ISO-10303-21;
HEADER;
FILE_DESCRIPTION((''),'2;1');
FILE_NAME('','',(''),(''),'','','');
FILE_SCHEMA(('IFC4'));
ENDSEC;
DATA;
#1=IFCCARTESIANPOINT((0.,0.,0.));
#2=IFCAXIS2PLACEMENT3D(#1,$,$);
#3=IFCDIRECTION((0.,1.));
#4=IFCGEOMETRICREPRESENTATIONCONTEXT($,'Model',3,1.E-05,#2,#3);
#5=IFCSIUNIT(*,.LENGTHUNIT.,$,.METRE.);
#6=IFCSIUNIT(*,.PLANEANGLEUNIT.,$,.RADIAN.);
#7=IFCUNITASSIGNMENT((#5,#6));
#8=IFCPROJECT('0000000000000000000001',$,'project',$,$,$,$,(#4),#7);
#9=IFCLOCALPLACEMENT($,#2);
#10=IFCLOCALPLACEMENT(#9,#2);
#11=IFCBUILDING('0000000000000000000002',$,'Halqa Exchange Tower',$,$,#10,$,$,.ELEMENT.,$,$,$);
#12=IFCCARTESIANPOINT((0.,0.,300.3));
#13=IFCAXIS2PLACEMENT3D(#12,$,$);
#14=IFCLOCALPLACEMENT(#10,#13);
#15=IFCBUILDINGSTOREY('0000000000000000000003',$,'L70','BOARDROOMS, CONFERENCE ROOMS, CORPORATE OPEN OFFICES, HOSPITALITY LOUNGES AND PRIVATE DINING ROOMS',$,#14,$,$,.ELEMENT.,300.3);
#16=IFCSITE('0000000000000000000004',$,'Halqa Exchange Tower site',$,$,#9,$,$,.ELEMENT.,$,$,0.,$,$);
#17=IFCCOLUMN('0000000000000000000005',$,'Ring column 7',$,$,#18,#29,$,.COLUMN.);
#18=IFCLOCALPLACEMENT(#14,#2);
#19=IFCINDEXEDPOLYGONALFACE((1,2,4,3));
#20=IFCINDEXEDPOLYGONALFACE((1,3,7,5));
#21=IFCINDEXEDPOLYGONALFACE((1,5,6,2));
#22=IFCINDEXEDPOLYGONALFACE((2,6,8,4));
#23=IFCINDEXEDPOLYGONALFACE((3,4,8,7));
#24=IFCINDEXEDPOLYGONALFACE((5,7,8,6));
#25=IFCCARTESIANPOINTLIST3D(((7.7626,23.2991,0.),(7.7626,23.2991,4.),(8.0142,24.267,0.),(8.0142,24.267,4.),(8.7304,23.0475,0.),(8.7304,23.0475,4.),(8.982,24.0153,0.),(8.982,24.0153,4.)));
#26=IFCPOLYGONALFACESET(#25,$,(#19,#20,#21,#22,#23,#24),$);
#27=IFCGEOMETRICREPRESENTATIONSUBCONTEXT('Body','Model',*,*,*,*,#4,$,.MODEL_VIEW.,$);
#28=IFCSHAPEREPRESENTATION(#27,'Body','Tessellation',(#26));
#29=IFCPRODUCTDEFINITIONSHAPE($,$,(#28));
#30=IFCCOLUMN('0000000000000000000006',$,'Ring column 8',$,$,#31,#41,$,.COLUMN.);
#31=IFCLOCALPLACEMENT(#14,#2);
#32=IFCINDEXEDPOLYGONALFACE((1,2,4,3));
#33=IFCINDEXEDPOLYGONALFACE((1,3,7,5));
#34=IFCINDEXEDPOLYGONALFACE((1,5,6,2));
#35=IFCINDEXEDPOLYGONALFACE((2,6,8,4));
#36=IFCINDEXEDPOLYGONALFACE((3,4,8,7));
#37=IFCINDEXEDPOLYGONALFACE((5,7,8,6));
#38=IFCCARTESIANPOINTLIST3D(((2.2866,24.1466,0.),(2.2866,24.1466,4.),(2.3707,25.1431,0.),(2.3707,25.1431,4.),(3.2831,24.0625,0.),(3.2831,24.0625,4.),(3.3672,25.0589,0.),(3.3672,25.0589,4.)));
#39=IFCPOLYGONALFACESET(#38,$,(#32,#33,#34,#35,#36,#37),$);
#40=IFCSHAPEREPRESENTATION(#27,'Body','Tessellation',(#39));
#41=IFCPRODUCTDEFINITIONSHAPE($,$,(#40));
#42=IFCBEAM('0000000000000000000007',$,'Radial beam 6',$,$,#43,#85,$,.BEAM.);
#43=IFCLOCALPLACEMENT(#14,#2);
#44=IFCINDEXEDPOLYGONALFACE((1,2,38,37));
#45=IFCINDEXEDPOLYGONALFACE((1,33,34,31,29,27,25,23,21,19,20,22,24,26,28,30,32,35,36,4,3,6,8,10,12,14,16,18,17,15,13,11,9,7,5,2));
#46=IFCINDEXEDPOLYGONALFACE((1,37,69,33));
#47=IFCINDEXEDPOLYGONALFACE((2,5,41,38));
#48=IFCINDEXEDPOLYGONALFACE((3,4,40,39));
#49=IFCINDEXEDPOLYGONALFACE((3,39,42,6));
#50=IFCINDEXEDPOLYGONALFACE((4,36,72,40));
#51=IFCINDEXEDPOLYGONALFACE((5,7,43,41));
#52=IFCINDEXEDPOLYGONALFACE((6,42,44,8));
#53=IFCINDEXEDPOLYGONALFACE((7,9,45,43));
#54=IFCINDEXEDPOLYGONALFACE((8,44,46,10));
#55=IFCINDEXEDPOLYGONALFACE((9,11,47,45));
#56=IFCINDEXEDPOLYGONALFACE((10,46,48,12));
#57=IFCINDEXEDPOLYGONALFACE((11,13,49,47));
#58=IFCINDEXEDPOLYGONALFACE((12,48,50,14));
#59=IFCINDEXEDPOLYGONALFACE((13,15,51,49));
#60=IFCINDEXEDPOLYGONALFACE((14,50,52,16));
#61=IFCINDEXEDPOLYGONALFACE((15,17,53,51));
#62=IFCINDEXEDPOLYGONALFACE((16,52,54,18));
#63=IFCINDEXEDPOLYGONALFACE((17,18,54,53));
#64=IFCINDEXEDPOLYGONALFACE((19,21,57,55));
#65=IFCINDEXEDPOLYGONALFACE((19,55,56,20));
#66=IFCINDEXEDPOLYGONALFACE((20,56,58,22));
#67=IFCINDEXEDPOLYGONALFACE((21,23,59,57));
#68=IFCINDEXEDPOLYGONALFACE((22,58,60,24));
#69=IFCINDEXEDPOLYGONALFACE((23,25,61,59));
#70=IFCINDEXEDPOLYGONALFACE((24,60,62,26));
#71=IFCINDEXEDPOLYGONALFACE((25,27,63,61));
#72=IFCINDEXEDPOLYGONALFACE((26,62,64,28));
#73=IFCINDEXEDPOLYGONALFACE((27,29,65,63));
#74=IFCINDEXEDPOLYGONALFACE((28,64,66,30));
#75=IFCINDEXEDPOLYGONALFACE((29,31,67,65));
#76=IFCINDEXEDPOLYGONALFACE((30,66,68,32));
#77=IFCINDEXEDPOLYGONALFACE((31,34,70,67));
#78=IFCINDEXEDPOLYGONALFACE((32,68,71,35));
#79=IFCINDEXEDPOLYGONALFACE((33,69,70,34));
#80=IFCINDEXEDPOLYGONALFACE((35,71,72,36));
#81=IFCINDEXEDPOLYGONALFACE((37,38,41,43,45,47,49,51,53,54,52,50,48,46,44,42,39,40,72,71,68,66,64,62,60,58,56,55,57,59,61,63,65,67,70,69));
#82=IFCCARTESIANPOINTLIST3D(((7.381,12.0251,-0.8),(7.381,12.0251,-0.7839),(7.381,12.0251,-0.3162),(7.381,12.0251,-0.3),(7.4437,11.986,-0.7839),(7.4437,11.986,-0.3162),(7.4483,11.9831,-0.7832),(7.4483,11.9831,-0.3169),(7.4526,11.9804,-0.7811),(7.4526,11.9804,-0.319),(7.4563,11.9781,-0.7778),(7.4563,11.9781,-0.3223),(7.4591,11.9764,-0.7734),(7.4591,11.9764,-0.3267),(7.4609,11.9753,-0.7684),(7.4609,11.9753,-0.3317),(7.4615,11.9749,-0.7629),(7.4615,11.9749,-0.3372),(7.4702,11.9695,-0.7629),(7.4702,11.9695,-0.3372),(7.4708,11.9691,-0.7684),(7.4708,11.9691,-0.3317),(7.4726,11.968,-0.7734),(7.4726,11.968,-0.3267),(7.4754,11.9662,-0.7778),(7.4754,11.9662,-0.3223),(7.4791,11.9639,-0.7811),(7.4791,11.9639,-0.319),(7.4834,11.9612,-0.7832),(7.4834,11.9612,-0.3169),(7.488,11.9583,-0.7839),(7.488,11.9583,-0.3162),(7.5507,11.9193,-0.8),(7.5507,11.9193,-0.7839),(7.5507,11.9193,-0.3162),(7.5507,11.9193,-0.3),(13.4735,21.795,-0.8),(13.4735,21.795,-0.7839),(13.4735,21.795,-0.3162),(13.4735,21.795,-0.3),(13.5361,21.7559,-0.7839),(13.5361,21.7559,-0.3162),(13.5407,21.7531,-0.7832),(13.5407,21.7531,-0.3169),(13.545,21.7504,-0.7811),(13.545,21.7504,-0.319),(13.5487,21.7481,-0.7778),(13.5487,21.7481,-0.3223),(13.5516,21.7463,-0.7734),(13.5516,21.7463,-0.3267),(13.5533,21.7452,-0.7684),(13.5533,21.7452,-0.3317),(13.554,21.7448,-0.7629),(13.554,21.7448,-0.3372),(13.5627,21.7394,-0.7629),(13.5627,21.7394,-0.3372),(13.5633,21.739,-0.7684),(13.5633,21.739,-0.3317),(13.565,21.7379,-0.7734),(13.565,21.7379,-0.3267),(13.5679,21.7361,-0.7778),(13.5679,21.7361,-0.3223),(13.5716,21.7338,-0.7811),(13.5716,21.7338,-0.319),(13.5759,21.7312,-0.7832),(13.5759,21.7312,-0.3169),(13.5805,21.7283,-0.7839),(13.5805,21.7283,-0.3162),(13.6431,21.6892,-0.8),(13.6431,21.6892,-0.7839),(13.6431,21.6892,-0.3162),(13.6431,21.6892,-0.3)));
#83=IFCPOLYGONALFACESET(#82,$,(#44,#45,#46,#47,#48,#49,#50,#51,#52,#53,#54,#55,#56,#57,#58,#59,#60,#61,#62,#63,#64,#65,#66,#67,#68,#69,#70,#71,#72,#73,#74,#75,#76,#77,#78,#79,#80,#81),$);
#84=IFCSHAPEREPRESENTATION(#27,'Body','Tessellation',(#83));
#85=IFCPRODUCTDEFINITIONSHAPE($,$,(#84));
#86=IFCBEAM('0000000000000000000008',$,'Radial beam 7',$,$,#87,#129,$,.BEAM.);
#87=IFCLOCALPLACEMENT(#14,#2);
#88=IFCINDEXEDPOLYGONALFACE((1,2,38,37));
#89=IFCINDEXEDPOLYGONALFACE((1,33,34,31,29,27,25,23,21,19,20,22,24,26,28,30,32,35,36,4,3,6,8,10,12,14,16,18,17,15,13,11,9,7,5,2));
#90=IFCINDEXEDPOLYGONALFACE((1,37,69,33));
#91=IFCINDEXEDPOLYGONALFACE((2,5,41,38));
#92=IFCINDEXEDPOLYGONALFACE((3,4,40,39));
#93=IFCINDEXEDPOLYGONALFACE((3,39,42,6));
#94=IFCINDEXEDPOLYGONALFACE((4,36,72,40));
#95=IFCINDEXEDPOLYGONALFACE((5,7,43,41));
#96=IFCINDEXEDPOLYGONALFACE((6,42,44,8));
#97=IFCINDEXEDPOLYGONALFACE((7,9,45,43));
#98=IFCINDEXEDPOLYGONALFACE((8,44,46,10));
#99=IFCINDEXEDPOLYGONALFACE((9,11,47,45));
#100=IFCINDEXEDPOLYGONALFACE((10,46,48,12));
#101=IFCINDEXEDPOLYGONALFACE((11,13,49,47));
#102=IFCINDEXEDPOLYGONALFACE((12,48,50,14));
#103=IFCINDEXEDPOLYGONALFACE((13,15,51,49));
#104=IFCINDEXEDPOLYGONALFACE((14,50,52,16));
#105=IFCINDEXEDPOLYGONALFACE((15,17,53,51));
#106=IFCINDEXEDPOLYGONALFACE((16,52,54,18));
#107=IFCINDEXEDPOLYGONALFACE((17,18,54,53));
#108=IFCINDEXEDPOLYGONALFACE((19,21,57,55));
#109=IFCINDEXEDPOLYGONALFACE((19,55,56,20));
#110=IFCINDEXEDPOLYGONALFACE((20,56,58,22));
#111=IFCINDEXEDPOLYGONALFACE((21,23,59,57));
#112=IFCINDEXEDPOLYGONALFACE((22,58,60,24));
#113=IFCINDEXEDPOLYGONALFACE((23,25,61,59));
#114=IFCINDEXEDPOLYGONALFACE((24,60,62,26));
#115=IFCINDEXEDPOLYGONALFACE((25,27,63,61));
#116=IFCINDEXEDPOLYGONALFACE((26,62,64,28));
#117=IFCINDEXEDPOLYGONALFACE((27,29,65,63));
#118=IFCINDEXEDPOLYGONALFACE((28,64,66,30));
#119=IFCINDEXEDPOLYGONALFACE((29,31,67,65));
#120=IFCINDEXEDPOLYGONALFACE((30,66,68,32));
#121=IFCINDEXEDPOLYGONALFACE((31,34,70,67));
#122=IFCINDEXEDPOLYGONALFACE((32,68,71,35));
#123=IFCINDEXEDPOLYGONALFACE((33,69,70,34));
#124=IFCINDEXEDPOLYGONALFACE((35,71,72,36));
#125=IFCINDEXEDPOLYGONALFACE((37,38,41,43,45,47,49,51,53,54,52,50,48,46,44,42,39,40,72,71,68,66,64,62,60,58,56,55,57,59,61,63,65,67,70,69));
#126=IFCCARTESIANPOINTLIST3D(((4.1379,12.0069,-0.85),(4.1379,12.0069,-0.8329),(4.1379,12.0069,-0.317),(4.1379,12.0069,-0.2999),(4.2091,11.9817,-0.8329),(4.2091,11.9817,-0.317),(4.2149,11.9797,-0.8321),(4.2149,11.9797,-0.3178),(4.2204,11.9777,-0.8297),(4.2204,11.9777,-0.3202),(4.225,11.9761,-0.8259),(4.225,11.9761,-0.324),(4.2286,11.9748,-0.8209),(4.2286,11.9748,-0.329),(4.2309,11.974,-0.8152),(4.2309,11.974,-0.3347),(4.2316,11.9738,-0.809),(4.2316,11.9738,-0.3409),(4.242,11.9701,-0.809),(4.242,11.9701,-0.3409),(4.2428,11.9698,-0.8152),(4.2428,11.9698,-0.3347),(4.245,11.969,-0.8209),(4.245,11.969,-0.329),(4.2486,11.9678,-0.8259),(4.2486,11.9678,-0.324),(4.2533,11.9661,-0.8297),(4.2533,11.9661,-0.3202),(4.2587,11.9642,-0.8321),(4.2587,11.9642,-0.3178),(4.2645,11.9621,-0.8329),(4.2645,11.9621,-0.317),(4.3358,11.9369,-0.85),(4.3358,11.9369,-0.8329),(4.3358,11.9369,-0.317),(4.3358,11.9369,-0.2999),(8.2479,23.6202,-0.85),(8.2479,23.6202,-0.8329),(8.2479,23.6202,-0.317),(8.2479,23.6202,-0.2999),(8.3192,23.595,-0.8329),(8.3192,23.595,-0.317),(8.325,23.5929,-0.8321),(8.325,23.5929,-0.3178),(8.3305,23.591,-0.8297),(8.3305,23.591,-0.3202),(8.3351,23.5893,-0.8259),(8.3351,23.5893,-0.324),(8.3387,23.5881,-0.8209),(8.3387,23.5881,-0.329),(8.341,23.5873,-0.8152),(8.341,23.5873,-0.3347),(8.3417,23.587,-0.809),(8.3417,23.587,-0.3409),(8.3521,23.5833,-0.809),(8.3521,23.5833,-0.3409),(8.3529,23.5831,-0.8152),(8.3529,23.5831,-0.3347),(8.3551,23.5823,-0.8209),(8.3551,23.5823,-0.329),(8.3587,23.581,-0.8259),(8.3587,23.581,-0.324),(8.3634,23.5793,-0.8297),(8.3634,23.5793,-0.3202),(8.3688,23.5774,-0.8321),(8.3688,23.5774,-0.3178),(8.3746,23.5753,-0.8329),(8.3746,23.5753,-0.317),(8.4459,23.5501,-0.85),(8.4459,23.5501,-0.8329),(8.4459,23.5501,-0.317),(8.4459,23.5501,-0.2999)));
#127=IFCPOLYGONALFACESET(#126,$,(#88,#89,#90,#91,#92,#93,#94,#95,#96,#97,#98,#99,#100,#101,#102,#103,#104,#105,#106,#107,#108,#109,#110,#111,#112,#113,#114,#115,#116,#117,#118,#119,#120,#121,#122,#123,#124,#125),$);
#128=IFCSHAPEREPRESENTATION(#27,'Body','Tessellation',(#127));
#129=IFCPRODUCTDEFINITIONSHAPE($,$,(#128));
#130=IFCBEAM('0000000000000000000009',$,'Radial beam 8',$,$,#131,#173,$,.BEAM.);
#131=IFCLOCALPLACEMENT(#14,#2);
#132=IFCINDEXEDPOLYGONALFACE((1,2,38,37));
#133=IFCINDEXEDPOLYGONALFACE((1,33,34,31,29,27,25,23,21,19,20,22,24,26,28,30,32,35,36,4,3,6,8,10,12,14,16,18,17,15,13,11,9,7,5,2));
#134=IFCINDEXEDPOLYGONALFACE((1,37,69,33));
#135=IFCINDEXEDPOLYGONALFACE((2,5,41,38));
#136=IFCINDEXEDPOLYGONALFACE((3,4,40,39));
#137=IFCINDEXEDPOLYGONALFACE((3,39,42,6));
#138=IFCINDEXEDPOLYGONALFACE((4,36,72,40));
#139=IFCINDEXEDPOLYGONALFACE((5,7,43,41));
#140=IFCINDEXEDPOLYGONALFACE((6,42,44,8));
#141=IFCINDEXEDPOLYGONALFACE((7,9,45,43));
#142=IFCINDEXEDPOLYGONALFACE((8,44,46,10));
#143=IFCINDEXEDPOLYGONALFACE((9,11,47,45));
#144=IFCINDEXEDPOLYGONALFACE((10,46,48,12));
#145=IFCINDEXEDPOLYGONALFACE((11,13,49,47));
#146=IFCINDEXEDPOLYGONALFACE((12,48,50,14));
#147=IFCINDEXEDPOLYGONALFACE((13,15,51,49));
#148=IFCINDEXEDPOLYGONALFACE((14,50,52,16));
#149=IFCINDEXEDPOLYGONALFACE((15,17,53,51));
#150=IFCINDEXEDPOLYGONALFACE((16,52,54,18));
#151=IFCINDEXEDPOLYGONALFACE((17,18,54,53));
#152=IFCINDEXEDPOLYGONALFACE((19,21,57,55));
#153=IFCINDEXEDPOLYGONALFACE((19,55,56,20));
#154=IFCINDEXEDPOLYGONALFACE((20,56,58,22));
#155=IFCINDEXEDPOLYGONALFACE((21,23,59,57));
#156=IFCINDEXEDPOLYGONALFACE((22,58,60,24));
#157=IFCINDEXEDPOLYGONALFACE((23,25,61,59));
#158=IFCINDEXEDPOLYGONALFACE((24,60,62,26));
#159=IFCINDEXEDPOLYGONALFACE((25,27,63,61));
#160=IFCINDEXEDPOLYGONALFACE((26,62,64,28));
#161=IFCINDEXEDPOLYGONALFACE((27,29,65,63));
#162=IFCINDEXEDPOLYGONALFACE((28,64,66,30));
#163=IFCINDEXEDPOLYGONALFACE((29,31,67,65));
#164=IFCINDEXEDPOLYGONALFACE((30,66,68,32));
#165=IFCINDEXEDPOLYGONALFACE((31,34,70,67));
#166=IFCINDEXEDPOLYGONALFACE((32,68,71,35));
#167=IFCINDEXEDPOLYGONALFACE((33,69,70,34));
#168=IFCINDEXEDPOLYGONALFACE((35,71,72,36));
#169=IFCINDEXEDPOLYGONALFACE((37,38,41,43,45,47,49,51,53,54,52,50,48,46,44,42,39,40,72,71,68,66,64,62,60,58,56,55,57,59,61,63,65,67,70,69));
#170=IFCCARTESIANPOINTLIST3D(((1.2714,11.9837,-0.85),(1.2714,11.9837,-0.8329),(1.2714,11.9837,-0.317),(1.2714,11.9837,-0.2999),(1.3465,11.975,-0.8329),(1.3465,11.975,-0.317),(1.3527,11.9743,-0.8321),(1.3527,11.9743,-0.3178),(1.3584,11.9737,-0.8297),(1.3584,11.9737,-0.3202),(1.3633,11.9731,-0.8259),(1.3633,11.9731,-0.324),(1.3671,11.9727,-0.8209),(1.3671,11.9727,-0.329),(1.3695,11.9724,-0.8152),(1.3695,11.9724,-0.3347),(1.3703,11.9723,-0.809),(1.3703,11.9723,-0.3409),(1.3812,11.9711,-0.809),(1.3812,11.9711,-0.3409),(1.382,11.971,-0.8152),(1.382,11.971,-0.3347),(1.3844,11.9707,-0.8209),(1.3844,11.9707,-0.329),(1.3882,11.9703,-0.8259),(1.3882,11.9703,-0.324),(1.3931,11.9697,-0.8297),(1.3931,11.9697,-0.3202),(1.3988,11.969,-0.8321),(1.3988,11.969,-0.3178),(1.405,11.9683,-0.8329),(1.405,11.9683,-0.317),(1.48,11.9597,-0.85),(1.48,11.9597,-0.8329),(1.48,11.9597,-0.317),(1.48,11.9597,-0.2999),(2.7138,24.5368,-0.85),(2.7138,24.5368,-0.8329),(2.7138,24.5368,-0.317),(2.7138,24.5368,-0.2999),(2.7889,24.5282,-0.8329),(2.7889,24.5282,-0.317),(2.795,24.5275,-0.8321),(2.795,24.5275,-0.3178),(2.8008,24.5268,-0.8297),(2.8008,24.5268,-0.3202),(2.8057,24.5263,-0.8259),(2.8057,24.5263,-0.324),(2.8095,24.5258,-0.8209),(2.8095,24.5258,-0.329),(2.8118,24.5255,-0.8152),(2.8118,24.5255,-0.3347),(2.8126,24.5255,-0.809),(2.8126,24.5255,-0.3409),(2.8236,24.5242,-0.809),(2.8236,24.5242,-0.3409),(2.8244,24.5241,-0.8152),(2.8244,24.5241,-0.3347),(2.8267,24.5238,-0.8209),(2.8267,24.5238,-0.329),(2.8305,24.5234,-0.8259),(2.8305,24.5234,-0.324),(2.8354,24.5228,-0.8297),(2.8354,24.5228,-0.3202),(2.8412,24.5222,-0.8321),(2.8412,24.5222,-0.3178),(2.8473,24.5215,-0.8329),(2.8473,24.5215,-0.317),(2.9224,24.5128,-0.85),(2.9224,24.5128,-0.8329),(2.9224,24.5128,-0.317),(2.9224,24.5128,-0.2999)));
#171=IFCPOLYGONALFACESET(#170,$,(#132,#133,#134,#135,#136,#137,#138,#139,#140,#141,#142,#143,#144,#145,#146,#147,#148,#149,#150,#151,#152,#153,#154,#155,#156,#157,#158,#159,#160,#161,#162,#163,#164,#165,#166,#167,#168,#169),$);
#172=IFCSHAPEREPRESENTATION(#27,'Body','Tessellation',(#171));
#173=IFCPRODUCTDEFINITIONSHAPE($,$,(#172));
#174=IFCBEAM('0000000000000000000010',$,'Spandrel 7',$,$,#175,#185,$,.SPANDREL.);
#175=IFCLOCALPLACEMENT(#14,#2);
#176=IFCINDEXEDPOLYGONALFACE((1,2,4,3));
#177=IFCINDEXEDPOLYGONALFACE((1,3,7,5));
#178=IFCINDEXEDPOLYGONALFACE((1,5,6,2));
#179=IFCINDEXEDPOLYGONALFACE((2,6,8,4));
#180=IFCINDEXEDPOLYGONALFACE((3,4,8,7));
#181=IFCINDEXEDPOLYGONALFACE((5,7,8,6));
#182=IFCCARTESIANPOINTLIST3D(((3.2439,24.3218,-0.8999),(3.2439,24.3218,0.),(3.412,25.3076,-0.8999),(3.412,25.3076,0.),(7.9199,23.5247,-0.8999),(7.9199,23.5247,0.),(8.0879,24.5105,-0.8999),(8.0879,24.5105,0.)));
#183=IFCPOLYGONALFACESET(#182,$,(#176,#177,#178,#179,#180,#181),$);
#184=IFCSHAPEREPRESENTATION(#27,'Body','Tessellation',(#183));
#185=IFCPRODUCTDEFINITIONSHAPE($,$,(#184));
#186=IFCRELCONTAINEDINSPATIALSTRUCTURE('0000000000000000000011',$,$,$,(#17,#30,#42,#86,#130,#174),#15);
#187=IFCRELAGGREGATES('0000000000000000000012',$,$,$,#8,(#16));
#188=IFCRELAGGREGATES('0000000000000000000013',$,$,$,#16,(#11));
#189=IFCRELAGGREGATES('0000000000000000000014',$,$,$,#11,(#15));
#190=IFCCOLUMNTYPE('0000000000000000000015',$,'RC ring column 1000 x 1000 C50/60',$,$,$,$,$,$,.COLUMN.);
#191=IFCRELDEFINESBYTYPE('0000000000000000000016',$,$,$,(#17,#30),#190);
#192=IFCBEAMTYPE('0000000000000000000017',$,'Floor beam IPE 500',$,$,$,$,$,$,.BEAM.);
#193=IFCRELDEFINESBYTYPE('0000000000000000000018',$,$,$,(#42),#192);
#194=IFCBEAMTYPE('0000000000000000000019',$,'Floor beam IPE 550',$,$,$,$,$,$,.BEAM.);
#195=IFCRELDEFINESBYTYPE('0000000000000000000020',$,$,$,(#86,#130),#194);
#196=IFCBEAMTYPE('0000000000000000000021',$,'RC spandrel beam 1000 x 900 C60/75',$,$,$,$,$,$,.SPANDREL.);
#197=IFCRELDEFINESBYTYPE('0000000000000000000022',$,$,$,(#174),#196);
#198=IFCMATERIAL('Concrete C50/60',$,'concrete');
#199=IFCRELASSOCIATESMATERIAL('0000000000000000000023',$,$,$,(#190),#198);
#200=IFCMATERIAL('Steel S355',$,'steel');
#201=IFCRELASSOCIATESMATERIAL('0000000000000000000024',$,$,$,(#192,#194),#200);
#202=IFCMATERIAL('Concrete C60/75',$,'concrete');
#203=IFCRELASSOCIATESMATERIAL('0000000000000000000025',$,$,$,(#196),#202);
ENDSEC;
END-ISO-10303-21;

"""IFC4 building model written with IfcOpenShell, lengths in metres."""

from ifc_helpers import new_model, si_unit, direction, frame, origin, origin_2d, place, context, subcontext, project, spatial, rectangle, i_section, extrude, material, material_profile, profile_set, type_object, element, save


model = new_model("IFC4")

# Units and contexts
model_context = context("Model", 3, precision=1e-05, world=origin(), true_north=direction((0.0, 1.0)))
body_context = subcontext(model_context, "Body", "Model", "MODEL_VIEW")
ifc_project = project(units=[si_unit("LENGTHUNIT", "METRE"), si_unit("PLANEANGLEUNIT", "RADIAN")], contexts=[model_context])

# Site, building, storey
site_placement = place(None, origin())
site = spatial("IfcSite", under=ifc_project, at=site_placement, Name="Halqa Exchange Tower site", CompositionType="ELEMENT", RefElevation=0.0)
building_placement = place(site_placement, origin())
building = spatial("IfcBuilding", under=site, at=building_placement, Name="Halqa Exchange Tower", CompositionType="ELEMENT")
storey_placement = place(building_placement, frame((0.0, 0.0, 300.3)))
storey = spatial("IfcBuildingStorey", under=building, at=storey_placement, Name="L70", Description="BOARDROOMS, CONFERENCE ROOMS, CORPORATE OPEN OFFICES, HOSPITALITY LOUNGES AND PRIVATE DINING ROOMS", CompositionType="ELEMENT", Elevation=300.3)

# Columns
ifc_material_1 = material(Name="Concrete C50/60", Category="concrete")
ifc_material_profile_1 = material_profile(ifc_material_1, rectangle(XDim=1.0, YDim=1.0, at=origin_2d()), Name="1000 x 1000")
ifc_profile_set_1 = profile_set([ifc_material_profile_1], Name="Concrete C50/60")
column_type = type_object("IfcColumnType", Name="RC ring column 1000 x 1000 C50/60", PredefinedType="COLUMN", material=ifc_profile_set_1)
for number, where, z_axis, x_axis, name in (
    (1, (8.3723, 23.6572, 0.0), (0.0, 0.0, 1.0), (-0.96782, 0.251645, 0.0), "Ring column 7"),
    (2, (2.8269, 24.6028, 0.0), (0.0, 0.0, 1.0), (-0.996455, 0.084125, 0.0), "Ring column 8"),
):
    element("IfcColumn", number, at=place(storey_placement, frame(where, z_axis=z_axis, x_axis=x_axis)), inside=storey, type_object=column_type, Name=name, PredefinedType="COLUMN", context=body_context, shape_type="SweptSolid", body=[
        extrude(rectangle(XDim=1.0, YDim=1.0, at=origin_2d()), origin(), (0.0, 0.0, 1.0), 4.0),
    ])

# Beams
ifc_material_2 = material(Name="Steel S355", Category="steel")
ifc_material_profile_2 = material_profile(ifc_material_2, i_section(OverallWidth=0.2, OverallDepth=0.5, WebThickness=0.0103, FlangeThickness=0.0161, FilletRadius=0.021, at=origin_2d()), Name="IPE 500")
ifc_profile_set_2 = profile_set([ifc_material_profile_2], Name="Steel S355")
beam_type_1 = type_object("IfcBeamType", Name="Floor beam IPE 500", PredefinedType="BEAM", material=ifc_profile_set_2)
beam_1_placement = place(storey_placement, frame((7.4658, 11.9722, -0.55), z_axis=(0.529141, 0.848534, 0.0), x_axis=(-0.848534, 0.529141, 0.0)))
element("IfcBeam", 3, at=beam_1_placement, inside=storey, type_object=beam_type_1, Name="Radial beam 6", PredefinedType="BEAM", context=body_context, shape_type="SweptSolid", body=[
    extrude(i_section(OverallWidth=0.2, OverallDepth=0.5, WebThickness=0.0103, FlangeThickness=0.0161, FilletRadius=0.021, at=origin_2d()), origin(), (0.0, 0.0, 1.0), 11.5139),
])
ifc_material_profile_3 = material_profile(ifc_material_2, i_section(OverallWidth=0.21, OverallDepth=0.55, WebThickness=0.011, FlangeThickness=0.0171, FilletRadius=0.0239, at=origin_2d()), Name="IPE 550")
ifc_profile_set_3 = profile_set([ifc_material_profile_3], Name="Steel S355")
beam_type_2 = type_object("IfcBeamType", Name="Floor beam IPE 550", PredefinedType="BEAM", material=ifc_profile_set_3)
beam_2_placement = place(storey_placement, frame((4.2368, 11.9719, -0.575), z_axis=(0.333636, 0.942702, 0.0), x_axis=(-0.942702, 0.333636, 0.0)))
element("IfcBeam", 4, at=beam_2_placement, inside=storey, type_object=beam_type_2, Name="Radial beam 7", PredefinedType="BEAM", context=body_context, shape_type="SweptSolid", body=[
    extrude(i_section(OverallWidth=0.21, OverallDepth=0.55, WebThickness=0.011, FlangeThickness=0.0171, FilletRadius=0.0239, at=origin_2d()), origin(), (0.0, 0.0, 1.0), 12.3191),
])
beam_3_placement = place(storey_placement, frame((1.3757, 11.9717, -0.575), z_axis=(0.11415, 0.993463, 0.0), x_axis=(-0.993463, 0.11415, 0.0)))
element("IfcBeam", 5, at=beam_3_placement, inside=storey, type_object=beam_type_2, Name="Radial beam 8", PredefinedType="BEAM", context=body_context, shape_type="SweptSolid", body=[
    extrude(i_section(OverallWidth=0.21, OverallDepth=0.55, WebThickness=0.011, FlangeThickness=0.0171, FilletRadius=0.0239, at=origin_2d()), origin(), (0.0, 0.0, 1.0), 12.6357),
])
ifc_material_3 = material(Name="Concrete C60/75", Category="concrete")
ifc_material_profile_4 = material_profile(ifc_material_3, rectangle(XDim=1.0, YDim=0.8999, at=origin_2d()), Name="1000 x 900")
ifc_profile_set_4 = profile_set([ifc_material_profile_4], Name="Concrete C60/75")
beam_type_3 = type_object("IfcBeamType", Name="RC spandrel beam 1000 x 900 C60/75", PredefinedType="SPANDREL", material=ifc_profile_set_4)
beam_4_placement = place(storey_placement, frame((8.0039, 24.0176, -0.45), z_axis=(-0.985779, 0.168045, 0.0), x_axis=(-0.168045, -0.985779, 0.0)))
element("IfcBeam", 6, at=beam_4_placement, inside=storey, type_object=beam_type_3, Name="Spandrel 7", PredefinedType="SPANDREL", context=body_context, shape_type="SweptSolid", body=[
    extrude(rectangle(XDim=1.0, YDim=0.8999, at=origin_2d()), origin(), (0.0, 0.0, 1.0), 4.7434),
])

save(model, "model.ifc")
